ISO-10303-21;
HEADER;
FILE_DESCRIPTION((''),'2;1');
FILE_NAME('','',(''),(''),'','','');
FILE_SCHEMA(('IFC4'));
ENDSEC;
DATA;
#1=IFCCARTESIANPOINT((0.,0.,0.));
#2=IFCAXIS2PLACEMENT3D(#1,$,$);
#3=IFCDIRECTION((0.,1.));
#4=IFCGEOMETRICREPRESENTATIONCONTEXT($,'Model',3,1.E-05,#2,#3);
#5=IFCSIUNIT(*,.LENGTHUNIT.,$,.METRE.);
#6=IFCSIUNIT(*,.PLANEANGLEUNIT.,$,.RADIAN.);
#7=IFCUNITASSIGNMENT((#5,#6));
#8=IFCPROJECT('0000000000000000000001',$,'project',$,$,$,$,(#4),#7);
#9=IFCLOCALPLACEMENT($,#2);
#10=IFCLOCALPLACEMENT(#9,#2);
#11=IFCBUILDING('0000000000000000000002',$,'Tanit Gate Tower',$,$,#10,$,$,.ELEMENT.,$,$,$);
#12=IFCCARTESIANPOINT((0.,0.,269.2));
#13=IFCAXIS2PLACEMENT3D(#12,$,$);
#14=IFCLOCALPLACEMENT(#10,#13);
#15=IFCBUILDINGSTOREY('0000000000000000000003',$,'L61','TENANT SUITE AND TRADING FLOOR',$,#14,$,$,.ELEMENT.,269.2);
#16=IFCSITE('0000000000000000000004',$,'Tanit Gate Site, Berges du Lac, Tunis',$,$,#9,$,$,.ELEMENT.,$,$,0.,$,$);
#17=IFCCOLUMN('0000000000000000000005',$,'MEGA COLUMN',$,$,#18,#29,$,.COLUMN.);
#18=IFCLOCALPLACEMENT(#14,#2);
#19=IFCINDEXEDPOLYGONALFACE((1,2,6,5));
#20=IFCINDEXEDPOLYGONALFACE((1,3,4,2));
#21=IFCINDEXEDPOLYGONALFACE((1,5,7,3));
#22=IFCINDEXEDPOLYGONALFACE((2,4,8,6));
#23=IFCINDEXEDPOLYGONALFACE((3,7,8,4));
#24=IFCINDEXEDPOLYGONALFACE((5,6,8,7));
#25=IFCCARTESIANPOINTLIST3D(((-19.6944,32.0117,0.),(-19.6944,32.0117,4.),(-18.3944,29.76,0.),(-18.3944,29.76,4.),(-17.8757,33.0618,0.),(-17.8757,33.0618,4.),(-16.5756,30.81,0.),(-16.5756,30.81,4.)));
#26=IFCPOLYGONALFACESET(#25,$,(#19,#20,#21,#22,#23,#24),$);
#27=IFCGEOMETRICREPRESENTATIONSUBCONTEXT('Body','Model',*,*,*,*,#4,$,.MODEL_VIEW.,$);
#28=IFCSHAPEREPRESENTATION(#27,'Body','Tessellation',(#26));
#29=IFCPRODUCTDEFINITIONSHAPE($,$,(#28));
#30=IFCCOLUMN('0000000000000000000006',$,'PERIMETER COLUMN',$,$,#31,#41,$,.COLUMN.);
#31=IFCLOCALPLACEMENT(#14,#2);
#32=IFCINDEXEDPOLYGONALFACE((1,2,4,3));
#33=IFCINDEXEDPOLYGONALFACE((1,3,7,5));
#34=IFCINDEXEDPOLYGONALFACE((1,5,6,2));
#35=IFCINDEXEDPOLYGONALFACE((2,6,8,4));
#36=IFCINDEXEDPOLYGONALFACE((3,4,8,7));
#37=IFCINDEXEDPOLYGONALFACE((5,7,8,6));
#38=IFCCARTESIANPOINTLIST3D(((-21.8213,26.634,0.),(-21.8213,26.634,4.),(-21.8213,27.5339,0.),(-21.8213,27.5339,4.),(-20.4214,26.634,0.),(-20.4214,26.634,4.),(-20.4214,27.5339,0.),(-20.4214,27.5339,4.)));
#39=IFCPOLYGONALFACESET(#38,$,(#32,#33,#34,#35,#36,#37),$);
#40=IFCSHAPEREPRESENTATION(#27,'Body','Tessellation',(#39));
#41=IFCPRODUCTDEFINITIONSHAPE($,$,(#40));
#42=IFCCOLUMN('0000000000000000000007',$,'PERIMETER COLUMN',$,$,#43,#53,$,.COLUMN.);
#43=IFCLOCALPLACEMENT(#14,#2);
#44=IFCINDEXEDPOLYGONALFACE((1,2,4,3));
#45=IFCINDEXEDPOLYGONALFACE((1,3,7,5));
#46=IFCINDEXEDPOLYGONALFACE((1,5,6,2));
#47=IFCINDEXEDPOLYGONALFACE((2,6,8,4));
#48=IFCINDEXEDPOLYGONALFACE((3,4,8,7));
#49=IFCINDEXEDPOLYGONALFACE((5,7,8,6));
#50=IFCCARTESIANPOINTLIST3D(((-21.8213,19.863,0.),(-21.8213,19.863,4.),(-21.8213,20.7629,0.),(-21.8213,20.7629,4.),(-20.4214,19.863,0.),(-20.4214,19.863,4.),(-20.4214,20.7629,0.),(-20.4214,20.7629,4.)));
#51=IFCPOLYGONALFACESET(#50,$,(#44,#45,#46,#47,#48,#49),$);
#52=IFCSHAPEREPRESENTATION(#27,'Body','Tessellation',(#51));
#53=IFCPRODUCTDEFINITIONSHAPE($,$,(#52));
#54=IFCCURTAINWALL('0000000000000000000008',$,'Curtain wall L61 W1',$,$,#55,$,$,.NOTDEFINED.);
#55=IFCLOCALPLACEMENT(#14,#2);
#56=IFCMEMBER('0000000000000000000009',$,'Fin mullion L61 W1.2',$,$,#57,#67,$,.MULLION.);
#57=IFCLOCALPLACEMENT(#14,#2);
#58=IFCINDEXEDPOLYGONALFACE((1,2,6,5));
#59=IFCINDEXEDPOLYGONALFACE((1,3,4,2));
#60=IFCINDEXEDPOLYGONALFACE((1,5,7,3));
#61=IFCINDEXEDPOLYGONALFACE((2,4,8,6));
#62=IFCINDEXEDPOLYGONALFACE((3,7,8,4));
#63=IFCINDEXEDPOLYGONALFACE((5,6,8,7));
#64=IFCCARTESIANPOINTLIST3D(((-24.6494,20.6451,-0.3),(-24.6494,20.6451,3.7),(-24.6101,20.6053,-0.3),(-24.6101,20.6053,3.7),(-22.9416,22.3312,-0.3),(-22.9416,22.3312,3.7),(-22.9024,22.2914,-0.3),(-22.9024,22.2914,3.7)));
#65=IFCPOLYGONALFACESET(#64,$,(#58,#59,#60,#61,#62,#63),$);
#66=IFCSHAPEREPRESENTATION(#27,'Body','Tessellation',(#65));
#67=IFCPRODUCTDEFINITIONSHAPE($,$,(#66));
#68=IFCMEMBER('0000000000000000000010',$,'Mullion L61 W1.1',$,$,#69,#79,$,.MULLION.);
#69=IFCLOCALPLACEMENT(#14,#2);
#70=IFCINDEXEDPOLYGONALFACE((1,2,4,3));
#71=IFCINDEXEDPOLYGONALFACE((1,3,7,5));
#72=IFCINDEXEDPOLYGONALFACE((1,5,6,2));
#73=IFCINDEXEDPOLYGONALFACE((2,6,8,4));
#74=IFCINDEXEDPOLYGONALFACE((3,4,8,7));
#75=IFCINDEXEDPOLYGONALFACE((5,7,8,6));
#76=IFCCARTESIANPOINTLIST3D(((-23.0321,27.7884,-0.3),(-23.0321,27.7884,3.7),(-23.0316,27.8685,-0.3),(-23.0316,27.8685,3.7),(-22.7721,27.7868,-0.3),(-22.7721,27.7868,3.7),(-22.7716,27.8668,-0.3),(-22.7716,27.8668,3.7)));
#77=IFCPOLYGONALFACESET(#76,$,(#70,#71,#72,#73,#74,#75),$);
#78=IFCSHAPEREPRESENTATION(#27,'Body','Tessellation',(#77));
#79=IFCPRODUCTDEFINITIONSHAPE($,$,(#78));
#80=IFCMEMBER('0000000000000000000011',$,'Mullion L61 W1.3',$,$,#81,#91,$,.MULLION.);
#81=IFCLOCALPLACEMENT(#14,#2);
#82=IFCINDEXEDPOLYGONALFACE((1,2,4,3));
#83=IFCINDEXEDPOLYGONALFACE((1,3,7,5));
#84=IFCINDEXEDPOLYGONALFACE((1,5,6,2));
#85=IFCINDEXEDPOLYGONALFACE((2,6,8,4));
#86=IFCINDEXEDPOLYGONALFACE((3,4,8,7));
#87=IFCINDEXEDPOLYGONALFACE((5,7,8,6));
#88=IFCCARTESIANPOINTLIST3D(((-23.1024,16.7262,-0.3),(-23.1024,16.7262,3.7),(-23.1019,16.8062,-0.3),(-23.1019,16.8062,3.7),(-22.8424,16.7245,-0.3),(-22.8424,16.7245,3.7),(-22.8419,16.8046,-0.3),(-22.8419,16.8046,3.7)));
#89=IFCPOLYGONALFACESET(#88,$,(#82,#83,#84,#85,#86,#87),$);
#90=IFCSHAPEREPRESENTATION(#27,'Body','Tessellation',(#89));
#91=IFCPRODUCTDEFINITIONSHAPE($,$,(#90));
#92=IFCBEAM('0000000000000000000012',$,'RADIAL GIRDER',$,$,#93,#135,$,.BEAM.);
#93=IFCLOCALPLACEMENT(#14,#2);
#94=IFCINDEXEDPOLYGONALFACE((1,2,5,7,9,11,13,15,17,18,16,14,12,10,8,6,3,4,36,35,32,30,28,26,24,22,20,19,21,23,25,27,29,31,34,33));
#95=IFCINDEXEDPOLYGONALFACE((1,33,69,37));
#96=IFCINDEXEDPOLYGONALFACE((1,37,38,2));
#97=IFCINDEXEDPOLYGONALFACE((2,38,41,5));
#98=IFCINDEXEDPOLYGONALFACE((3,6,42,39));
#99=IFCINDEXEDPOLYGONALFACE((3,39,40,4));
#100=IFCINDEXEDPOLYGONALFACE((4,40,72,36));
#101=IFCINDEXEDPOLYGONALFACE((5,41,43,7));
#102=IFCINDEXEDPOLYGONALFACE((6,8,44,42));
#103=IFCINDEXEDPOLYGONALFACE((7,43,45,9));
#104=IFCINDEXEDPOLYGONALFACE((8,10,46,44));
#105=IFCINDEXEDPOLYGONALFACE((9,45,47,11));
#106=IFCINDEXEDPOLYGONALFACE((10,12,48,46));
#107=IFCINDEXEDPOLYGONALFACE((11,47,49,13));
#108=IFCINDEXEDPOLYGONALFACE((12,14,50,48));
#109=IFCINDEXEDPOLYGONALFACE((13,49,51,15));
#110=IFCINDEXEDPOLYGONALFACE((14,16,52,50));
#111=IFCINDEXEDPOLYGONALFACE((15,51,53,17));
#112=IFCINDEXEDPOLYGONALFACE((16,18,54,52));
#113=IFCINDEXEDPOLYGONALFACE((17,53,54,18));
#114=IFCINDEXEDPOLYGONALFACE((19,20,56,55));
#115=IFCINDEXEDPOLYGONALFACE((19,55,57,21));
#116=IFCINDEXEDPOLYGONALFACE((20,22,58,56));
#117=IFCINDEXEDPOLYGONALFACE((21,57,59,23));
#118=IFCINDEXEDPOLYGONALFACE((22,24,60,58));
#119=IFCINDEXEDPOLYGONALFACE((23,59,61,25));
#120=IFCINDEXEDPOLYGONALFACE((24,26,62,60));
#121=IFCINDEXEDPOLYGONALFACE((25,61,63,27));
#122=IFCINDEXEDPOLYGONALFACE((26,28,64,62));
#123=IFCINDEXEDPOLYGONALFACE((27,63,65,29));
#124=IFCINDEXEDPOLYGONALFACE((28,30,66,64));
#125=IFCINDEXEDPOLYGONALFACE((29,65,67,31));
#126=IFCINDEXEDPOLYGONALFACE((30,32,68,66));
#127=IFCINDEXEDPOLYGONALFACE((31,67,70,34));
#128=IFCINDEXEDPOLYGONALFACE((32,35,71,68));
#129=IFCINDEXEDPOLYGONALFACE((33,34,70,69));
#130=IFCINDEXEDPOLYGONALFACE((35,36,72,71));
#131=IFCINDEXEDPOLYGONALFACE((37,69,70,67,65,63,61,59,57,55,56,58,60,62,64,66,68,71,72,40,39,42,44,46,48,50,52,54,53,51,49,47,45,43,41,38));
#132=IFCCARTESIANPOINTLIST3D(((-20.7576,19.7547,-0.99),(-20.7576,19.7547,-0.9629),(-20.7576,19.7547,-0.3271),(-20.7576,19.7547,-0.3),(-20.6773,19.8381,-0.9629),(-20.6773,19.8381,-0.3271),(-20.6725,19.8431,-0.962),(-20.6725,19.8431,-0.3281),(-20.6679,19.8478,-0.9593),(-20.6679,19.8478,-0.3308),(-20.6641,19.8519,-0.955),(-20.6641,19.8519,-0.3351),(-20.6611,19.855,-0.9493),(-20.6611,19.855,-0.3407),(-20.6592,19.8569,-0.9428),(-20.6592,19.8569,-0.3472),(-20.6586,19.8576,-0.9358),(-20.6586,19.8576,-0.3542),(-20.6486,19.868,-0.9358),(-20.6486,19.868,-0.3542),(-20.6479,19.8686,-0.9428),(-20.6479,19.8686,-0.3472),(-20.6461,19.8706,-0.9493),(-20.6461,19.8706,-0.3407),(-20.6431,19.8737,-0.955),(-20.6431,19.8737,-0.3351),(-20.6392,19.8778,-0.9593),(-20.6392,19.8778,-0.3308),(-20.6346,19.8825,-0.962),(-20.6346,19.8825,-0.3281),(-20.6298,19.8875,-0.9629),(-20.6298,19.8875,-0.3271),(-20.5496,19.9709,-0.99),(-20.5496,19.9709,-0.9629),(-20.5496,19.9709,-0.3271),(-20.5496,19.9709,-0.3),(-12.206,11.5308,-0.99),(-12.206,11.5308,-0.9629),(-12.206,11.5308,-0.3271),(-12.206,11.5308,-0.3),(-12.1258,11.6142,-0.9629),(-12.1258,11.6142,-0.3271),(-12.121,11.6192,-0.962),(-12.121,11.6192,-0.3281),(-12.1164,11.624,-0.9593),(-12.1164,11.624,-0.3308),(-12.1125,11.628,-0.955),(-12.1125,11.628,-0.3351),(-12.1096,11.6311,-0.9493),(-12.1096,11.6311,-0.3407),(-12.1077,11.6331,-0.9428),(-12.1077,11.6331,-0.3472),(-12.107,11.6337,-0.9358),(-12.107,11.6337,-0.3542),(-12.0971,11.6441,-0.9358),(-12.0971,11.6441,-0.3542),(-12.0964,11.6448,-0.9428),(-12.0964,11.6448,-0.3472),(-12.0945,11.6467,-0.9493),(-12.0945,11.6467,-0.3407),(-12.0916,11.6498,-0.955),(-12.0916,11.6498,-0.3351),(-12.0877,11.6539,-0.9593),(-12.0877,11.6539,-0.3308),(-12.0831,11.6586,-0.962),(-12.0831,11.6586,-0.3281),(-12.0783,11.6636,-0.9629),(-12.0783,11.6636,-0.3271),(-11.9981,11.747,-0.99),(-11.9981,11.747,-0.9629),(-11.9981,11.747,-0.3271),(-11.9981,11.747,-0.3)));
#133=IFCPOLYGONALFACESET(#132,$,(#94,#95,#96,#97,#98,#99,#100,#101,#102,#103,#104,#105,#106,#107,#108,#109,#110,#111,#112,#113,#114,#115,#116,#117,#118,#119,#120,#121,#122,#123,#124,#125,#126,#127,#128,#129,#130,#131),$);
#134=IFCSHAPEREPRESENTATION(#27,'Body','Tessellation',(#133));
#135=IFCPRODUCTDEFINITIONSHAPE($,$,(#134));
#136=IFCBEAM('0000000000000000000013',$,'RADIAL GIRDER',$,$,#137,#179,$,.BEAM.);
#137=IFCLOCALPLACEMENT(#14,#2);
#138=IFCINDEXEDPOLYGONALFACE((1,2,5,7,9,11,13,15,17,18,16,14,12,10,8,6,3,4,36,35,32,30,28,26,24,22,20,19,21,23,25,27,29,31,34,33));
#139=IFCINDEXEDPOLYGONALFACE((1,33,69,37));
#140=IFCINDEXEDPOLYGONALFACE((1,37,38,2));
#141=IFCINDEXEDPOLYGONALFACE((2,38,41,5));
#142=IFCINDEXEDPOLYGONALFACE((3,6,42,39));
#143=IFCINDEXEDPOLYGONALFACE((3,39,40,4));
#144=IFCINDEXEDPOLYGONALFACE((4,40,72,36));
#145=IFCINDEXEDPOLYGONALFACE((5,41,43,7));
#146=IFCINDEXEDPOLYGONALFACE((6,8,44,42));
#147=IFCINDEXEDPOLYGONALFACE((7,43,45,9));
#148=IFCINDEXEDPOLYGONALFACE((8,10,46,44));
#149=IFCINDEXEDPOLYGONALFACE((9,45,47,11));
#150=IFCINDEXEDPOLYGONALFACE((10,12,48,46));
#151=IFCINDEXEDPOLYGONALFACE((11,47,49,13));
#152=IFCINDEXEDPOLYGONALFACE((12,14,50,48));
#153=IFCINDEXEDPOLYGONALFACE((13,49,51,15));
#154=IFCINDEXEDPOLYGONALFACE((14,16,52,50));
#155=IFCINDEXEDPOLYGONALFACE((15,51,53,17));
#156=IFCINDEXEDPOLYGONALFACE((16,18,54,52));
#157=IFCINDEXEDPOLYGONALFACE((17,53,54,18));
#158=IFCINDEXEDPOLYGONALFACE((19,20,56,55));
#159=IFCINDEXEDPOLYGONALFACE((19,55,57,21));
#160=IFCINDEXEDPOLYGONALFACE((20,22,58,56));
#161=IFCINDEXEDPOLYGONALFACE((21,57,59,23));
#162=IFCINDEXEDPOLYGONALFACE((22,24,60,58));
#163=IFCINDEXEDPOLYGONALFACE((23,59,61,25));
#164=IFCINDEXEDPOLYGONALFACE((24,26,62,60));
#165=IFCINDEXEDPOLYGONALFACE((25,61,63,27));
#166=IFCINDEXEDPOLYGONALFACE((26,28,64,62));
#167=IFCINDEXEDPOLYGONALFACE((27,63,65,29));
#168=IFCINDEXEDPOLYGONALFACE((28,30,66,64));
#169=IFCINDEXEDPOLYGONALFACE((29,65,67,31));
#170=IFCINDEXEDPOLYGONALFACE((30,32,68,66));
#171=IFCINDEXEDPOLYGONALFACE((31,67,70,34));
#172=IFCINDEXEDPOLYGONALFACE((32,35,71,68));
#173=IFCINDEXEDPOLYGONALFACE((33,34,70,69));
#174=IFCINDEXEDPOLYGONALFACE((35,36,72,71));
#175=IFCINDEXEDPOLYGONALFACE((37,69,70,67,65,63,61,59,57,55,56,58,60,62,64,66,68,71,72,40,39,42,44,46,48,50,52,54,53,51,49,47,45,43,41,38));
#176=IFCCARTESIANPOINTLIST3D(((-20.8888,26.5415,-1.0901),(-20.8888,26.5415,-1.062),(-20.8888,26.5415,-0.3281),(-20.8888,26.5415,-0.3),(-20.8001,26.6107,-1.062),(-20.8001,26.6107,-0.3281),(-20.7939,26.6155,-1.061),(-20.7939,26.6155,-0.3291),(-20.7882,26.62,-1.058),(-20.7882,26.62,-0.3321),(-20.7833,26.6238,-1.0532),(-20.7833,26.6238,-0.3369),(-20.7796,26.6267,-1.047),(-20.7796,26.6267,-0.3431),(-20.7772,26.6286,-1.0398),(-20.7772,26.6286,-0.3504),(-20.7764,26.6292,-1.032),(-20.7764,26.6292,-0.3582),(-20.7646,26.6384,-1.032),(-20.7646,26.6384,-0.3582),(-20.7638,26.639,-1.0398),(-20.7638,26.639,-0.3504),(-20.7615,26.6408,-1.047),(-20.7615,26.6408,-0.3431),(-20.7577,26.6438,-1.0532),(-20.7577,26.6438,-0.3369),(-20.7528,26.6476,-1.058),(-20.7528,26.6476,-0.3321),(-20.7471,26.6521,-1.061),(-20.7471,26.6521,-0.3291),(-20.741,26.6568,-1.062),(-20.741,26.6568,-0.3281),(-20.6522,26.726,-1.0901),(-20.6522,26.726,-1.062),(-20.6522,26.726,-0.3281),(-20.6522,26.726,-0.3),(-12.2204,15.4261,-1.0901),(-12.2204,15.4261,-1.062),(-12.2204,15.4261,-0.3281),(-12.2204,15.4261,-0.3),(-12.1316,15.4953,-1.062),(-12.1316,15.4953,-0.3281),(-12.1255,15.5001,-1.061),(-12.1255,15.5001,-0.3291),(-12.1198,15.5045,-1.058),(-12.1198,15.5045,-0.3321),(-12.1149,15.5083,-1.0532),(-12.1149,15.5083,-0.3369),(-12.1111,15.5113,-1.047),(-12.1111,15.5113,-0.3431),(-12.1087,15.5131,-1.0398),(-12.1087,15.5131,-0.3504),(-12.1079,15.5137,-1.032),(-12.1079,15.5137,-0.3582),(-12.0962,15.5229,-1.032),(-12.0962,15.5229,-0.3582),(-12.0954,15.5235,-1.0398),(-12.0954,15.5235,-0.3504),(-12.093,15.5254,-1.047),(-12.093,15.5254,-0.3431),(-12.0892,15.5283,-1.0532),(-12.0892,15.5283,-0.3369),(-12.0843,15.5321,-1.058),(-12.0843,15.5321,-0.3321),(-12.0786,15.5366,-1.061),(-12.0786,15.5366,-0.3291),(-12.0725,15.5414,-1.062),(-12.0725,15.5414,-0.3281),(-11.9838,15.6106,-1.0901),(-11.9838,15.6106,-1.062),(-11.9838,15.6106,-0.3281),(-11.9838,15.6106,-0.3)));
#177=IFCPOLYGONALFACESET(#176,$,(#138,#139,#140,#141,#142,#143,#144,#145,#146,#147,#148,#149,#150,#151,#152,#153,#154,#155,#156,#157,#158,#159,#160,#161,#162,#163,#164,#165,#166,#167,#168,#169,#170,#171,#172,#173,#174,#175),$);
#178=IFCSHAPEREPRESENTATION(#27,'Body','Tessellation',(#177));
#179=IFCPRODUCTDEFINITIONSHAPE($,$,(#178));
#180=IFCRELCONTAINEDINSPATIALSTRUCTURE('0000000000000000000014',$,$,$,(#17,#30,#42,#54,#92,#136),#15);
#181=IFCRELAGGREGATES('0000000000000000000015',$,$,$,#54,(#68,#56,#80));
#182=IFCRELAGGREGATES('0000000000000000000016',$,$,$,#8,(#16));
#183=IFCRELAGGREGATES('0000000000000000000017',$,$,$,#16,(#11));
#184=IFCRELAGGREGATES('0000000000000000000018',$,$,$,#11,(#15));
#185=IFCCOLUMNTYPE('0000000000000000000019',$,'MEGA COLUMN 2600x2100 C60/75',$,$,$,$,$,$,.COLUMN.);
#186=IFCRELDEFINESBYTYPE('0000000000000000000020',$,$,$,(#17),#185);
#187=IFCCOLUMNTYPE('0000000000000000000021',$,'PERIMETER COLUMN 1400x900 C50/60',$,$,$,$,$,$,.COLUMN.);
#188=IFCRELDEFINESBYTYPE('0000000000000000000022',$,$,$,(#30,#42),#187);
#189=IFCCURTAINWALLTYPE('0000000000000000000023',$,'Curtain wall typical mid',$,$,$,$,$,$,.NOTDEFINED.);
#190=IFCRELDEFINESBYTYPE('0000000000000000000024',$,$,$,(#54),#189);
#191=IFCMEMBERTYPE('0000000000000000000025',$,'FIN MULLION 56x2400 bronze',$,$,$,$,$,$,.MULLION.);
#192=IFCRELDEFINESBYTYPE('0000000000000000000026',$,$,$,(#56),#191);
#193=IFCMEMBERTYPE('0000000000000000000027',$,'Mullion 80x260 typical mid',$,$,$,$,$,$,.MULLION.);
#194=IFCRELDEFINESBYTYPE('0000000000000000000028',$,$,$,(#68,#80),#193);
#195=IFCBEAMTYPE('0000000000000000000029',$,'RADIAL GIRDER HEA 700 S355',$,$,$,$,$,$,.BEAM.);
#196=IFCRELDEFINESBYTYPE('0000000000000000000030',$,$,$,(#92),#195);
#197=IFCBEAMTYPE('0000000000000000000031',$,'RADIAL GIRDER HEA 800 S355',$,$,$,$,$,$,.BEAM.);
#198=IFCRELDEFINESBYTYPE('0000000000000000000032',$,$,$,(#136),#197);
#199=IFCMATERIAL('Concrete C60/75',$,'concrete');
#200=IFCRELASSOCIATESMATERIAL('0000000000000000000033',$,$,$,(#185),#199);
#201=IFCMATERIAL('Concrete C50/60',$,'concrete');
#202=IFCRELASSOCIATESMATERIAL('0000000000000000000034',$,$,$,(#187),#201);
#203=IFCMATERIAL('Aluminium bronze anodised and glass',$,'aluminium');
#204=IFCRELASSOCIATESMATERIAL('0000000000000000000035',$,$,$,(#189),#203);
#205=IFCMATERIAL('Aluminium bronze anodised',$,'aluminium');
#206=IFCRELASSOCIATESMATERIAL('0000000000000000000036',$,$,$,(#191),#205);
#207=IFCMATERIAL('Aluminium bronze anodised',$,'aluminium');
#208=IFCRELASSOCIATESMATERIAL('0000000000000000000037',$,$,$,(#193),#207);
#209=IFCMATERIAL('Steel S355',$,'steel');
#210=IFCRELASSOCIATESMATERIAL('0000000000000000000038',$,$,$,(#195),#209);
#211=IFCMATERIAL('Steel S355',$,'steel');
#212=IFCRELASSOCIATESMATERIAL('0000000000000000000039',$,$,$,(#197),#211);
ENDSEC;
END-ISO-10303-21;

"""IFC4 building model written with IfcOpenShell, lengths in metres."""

from ifc_helpers import new_model, si_unit, direction, frame, origin, origin_2d, place, context, subcontext, project, spatial, rectangle, i_section, extrude, material, material_profile, profile_set, type_object, element, aggregate, save


model = new_model("IFC4")

# Units and contexts
model_context = context("Model", 3, precision=1e-05, world=origin(), true_north=direction((0.0, 1.0)))
body_context = subcontext(model_context, "Body", "Model", "MODEL_VIEW")
ifc_project = project(units=[si_unit("LENGTHUNIT", "METRE"), si_unit("PLANEANGLEUNIT", "RADIAN")], contexts=[model_context])

# Site, building, storey
site_placement = place(None, origin())
site = spatial("IfcSite", under=ifc_project, at=site_placement, Name="Tanit Gate Site, Berges du Lac, Tunis", CompositionType="ELEMENT", RefElevation=0.0)
building_placement = place(site_placement, origin())
building = spatial("IfcBuilding", under=site, at=building_placement, Name="Tanit Gate Tower", CompositionType="ELEMENT")
storey_placement = place(building_placement, frame((0.0, 0.0, 269.2)))
storey = spatial("IfcBuildingStorey", under=building, at=storey_placement, Name="L61", Description="TENANT SUITE AND TRADING FLOOR", CompositionType="ELEMENT", Elevation=269.2)

# Columns
ifc_material_1 = material(Name="Concrete C60/75", Category="concrete")
ifc_material_profile_1 = material_profile(ifc_material_1, rectangle(XDim=2.6001, YDim=2.1001, at=origin_2d()), Name="RC 2600x2100")
ifc_profile_set_1 = profile_set([ifc_material_profile_1], Name="Concrete C60/75")
column_type_1 = type_object("IfcColumnType", Name="MEGA COLUMN 2600x2100 C60/75", PredefinedType="COLUMN", material=ifc_profile_set_1)
column_placement = place(storey_placement, frame((-18.135, 31.4109, 0.0), z_axis=(0.0, 0.0, 1.0), x_axis=(-0.5, 0.866025, 0.0)))
element("IfcColumn", 1, at=column_placement, inside=storey, type_object=column_type_1, Name="MEGA COLUMN", PredefinedType="COLUMN", context=body_context, shape_type="SweptSolid", body=[
    extrude(rectangle(XDim=2.6001, YDim=2.1001, at=origin_2d()), origin(), (0.0, 0.0, 1.0), 4.0),
])
ifc_material_2 = material(Name="Concrete C50/60", Category="concrete")
ifc_material_profile_2 = material_profile(ifc_material_2, rectangle(XDim=1.3999, YDim=0.8999, at=origin_2d()), Name="RC 1400x900")
ifc_profile_set_2 = profile_set([ifc_material_profile_2], Name="Concrete C50/60")
column_type_2 = type_object("IfcColumnType", Name="PERIMETER COLUMN 1400x900 C50/60", PredefinedType="COLUMN", material=ifc_profile_set_2)
for number, where, z_axis, x_axis, name in (
    (2, (-21.1213, 27.084, 0.0), (0.0, 0.0, 1.0), (-1.0, 0.0, 0.0), "PERIMETER COLUMN"),
    (3, (-21.1213, 20.313, 0.0), (0.0, 0.0, 1.0), (-1.0, 0.0, 0.0), "PERIMETER COLUMN"),
):
    element("IfcColumn", number, at=place(storey_placement, frame(where, z_axis=z_axis, x_axis=x_axis)), inside=storey, type_object=column_type_2, Name=name, PredefinedType="COLUMN", context=body_context, shape_type="SweptSolid", body=[
        extrude(rectangle(XDim=1.3999, YDim=0.8999, at=origin_2d()), origin(), (0.0, 0.0, 1.0), 4.0),
    ])

# Curtain wall, members
ifc_material_3 = material(Name="Aluminium bronze anodised and glass", Category="aluminium")
curtain_wall_type = type_object("IfcCurtainWallType", Name="Curtain wall typical mid", PredefinedType="NOTDEFINED", material=ifc_material_3)
curtain_wall_placement = place(storey_placement, origin())
curtain_wall = element("IfcCurtainWall", 4, at=curtain_wall_placement, inside=storey, type_object=curtain_wall_type, Name="Curtain wall L61 W1", PredefinedType="NOTDEFINED")
ifc_material_4 = material(Name="Aluminium bronze anodised", Category="aluminium")
ifc_material_profile_3 = material_profile(ifc_material_4, rectangle(XDim=2.3999, YDim=0.0559, at=origin_2d()), Name="56x2400 bronze fin mullion")
ifc_profile_set_3 = profile_set([ifc_material_profile_3], Name="Aluminium bronze anodised")
member_type_1 = type_object("IfcMemberType", Name="FIN MULLION 56x2400 bronze", PredefinedType="MULLION", material=ifc_profile_set_3)
member_1_placement = place(storey_placement, frame((-23.7759, 21.4683, -0.3), z_axis=(0.0, 0.0, 1.0), x_axis=(0.711599, 0.702586, 0.0)))
member_1 = element("IfcMember", 5, at=member_1_placement, type_object=member_type_1, Name="Fin mullion L61 W1.2", PredefinedType="MULLION", context=body_context, shape_type="SweptSolid", body=[
    extrude(rectangle(XDim=2.3999, YDim=0.0559, at=origin_2d()), origin(), (0.0, 0.0, 1.0), 4.0),
])
ifc_material_5 = material(Name="Aluminium bronze anodised", Category="aluminium")
ifc_material_profile_4 = material_profile(ifc_material_5, rectangle(XDim=0.26, YDim=0.0801, at=origin_2d()), Name="80x260 bronze mullion")
ifc_profile_set_4 = profile_set([ifc_material_profile_4], Name="Aluminium bronze anodised")
member_type_2 = type_object("IfcMemberType", Name="Mullion 80x260 typical mid", PredefinedType="MULLION", material=ifc_profile_set_4)
member_2_placement = place(storey_placement, frame((-22.9019, 27.8276, -0.3), z_axis=(0.0, 0.0, 1.0), x_axis=(0.99998, -0.006374, 0.0)))
member_2 = element("IfcMember", 6, at=member_2_placement, type_object=member_type_2, Name="Mullion L61 W1.1", PredefinedType="MULLION", context=body_context, shape_type="SweptSolid", body=[
    extrude(rectangle(XDim=0.26, YDim=0.0801, at=origin_2d()), origin(), (0.0, 0.0, 1.0), 4.0),
])
member_3_placement = place(storey_placement, frame((-22.9722, 16.7654, -0.3), z_axis=(0.0, 0.0, 1.0), x_axis=(0.99998, -0.006374, 0.0)))
member_3 = element("IfcMember", 7, at=member_3_placement, type_object=member_type_2, Name="Mullion L61 W1.3", PredefinedType="MULLION", context=body_context, shape_type="SweptSolid", body=[
    extrude(rectangle(XDim=0.26, YDim=0.0801, at=origin_2d()), origin(), (0.0, 0.0, 1.0), 4.0),
])

# Beams
ifc_material_6 = material(Name="Steel S355", Category="steel")
ifc_material_profile_5 = material_profile(ifc_material_6, i_section(OverallWidth=0.3, OverallDepth=0.6899, WebThickness=0.0144, FlangeThickness=0.0271, FilletRadius=0.0271, at=origin_2d()), Name="HEA 700")
ifc_profile_set_5 = profile_set([ifc_material_profile_5], Name="Steel S355")
beam_type_1 = type_object("IfcBeamType", Name="RADIAL GIRDER HEA 700 S355", PredefinedType="BEAM", material=ifc_profile_set_5)
beam_1_placement = place(storey_placement, frame((-20.6536, 19.8628, -0.645), z_axis=(0.72078, -0.693164, 0.0), x_axis=(0.693164, 0.72078, 0.0)))
element("IfcBeam", 8, at=beam_1_placement, inside=storey, type_object=beam_type_1, Name="RADIAL GIRDER", PredefinedType="BEAM", context=body_context, shape_type="SweptSolid", body=[
    extrude(i_section(OverallWidth=0.3, OverallDepth=0.6899, WebThickness=0.0144, FlangeThickness=0.0271, FilletRadius=0.0271, at=origin_2d()), origin(), (0.0, 0.0, 1.0), 11.8643),
])
ifc_material_7 = material(Name="Steel S355", Category="steel")
ifc_material_profile_6 = material_profile(ifc_material_7, i_section(OverallWidth=0.3, OverallDepth=0.79, WebThickness=0.0149, FlangeThickness=0.0281, FilletRadius=0.03, at=origin_2d()), Name="HEA 800")
ifc_profile_set_6 = profile_set([ifc_material_profile_6], Name="Steel S355")
beam_type_2 = type_object("IfcBeamType", Name="RADIAL GIRDER HEA 800 S355", PredefinedType="BEAM", material=ifc_profile_set_6)
beam_2_placement = place(storey_placement, frame((-20.7705, 26.6338, -0.6951), z_axis=(0.614961, -0.788558, 0.0), x_axis=(0.788558, 0.614961, 0.0)))
element("IfcBeam", 9, at=beam_2_placement, inside=storey, type_object=beam_type_2, Name="RADIAL GIRDER", PredefinedType="BEAM", context=body_context, shape_type="SweptSolid", body=[
    extrude(i_section(OverallWidth=0.3, OverallDepth=0.79, WebThickness=0.0149, FlangeThickness=0.0281, FilletRadius=0.03, at=origin_2d()), origin(), (0.0, 0.0, 1.0), 14.0959),
])

aggregate(curtain_wall, [member_2, member_1, member_3])

save(model, "model.ifc")
